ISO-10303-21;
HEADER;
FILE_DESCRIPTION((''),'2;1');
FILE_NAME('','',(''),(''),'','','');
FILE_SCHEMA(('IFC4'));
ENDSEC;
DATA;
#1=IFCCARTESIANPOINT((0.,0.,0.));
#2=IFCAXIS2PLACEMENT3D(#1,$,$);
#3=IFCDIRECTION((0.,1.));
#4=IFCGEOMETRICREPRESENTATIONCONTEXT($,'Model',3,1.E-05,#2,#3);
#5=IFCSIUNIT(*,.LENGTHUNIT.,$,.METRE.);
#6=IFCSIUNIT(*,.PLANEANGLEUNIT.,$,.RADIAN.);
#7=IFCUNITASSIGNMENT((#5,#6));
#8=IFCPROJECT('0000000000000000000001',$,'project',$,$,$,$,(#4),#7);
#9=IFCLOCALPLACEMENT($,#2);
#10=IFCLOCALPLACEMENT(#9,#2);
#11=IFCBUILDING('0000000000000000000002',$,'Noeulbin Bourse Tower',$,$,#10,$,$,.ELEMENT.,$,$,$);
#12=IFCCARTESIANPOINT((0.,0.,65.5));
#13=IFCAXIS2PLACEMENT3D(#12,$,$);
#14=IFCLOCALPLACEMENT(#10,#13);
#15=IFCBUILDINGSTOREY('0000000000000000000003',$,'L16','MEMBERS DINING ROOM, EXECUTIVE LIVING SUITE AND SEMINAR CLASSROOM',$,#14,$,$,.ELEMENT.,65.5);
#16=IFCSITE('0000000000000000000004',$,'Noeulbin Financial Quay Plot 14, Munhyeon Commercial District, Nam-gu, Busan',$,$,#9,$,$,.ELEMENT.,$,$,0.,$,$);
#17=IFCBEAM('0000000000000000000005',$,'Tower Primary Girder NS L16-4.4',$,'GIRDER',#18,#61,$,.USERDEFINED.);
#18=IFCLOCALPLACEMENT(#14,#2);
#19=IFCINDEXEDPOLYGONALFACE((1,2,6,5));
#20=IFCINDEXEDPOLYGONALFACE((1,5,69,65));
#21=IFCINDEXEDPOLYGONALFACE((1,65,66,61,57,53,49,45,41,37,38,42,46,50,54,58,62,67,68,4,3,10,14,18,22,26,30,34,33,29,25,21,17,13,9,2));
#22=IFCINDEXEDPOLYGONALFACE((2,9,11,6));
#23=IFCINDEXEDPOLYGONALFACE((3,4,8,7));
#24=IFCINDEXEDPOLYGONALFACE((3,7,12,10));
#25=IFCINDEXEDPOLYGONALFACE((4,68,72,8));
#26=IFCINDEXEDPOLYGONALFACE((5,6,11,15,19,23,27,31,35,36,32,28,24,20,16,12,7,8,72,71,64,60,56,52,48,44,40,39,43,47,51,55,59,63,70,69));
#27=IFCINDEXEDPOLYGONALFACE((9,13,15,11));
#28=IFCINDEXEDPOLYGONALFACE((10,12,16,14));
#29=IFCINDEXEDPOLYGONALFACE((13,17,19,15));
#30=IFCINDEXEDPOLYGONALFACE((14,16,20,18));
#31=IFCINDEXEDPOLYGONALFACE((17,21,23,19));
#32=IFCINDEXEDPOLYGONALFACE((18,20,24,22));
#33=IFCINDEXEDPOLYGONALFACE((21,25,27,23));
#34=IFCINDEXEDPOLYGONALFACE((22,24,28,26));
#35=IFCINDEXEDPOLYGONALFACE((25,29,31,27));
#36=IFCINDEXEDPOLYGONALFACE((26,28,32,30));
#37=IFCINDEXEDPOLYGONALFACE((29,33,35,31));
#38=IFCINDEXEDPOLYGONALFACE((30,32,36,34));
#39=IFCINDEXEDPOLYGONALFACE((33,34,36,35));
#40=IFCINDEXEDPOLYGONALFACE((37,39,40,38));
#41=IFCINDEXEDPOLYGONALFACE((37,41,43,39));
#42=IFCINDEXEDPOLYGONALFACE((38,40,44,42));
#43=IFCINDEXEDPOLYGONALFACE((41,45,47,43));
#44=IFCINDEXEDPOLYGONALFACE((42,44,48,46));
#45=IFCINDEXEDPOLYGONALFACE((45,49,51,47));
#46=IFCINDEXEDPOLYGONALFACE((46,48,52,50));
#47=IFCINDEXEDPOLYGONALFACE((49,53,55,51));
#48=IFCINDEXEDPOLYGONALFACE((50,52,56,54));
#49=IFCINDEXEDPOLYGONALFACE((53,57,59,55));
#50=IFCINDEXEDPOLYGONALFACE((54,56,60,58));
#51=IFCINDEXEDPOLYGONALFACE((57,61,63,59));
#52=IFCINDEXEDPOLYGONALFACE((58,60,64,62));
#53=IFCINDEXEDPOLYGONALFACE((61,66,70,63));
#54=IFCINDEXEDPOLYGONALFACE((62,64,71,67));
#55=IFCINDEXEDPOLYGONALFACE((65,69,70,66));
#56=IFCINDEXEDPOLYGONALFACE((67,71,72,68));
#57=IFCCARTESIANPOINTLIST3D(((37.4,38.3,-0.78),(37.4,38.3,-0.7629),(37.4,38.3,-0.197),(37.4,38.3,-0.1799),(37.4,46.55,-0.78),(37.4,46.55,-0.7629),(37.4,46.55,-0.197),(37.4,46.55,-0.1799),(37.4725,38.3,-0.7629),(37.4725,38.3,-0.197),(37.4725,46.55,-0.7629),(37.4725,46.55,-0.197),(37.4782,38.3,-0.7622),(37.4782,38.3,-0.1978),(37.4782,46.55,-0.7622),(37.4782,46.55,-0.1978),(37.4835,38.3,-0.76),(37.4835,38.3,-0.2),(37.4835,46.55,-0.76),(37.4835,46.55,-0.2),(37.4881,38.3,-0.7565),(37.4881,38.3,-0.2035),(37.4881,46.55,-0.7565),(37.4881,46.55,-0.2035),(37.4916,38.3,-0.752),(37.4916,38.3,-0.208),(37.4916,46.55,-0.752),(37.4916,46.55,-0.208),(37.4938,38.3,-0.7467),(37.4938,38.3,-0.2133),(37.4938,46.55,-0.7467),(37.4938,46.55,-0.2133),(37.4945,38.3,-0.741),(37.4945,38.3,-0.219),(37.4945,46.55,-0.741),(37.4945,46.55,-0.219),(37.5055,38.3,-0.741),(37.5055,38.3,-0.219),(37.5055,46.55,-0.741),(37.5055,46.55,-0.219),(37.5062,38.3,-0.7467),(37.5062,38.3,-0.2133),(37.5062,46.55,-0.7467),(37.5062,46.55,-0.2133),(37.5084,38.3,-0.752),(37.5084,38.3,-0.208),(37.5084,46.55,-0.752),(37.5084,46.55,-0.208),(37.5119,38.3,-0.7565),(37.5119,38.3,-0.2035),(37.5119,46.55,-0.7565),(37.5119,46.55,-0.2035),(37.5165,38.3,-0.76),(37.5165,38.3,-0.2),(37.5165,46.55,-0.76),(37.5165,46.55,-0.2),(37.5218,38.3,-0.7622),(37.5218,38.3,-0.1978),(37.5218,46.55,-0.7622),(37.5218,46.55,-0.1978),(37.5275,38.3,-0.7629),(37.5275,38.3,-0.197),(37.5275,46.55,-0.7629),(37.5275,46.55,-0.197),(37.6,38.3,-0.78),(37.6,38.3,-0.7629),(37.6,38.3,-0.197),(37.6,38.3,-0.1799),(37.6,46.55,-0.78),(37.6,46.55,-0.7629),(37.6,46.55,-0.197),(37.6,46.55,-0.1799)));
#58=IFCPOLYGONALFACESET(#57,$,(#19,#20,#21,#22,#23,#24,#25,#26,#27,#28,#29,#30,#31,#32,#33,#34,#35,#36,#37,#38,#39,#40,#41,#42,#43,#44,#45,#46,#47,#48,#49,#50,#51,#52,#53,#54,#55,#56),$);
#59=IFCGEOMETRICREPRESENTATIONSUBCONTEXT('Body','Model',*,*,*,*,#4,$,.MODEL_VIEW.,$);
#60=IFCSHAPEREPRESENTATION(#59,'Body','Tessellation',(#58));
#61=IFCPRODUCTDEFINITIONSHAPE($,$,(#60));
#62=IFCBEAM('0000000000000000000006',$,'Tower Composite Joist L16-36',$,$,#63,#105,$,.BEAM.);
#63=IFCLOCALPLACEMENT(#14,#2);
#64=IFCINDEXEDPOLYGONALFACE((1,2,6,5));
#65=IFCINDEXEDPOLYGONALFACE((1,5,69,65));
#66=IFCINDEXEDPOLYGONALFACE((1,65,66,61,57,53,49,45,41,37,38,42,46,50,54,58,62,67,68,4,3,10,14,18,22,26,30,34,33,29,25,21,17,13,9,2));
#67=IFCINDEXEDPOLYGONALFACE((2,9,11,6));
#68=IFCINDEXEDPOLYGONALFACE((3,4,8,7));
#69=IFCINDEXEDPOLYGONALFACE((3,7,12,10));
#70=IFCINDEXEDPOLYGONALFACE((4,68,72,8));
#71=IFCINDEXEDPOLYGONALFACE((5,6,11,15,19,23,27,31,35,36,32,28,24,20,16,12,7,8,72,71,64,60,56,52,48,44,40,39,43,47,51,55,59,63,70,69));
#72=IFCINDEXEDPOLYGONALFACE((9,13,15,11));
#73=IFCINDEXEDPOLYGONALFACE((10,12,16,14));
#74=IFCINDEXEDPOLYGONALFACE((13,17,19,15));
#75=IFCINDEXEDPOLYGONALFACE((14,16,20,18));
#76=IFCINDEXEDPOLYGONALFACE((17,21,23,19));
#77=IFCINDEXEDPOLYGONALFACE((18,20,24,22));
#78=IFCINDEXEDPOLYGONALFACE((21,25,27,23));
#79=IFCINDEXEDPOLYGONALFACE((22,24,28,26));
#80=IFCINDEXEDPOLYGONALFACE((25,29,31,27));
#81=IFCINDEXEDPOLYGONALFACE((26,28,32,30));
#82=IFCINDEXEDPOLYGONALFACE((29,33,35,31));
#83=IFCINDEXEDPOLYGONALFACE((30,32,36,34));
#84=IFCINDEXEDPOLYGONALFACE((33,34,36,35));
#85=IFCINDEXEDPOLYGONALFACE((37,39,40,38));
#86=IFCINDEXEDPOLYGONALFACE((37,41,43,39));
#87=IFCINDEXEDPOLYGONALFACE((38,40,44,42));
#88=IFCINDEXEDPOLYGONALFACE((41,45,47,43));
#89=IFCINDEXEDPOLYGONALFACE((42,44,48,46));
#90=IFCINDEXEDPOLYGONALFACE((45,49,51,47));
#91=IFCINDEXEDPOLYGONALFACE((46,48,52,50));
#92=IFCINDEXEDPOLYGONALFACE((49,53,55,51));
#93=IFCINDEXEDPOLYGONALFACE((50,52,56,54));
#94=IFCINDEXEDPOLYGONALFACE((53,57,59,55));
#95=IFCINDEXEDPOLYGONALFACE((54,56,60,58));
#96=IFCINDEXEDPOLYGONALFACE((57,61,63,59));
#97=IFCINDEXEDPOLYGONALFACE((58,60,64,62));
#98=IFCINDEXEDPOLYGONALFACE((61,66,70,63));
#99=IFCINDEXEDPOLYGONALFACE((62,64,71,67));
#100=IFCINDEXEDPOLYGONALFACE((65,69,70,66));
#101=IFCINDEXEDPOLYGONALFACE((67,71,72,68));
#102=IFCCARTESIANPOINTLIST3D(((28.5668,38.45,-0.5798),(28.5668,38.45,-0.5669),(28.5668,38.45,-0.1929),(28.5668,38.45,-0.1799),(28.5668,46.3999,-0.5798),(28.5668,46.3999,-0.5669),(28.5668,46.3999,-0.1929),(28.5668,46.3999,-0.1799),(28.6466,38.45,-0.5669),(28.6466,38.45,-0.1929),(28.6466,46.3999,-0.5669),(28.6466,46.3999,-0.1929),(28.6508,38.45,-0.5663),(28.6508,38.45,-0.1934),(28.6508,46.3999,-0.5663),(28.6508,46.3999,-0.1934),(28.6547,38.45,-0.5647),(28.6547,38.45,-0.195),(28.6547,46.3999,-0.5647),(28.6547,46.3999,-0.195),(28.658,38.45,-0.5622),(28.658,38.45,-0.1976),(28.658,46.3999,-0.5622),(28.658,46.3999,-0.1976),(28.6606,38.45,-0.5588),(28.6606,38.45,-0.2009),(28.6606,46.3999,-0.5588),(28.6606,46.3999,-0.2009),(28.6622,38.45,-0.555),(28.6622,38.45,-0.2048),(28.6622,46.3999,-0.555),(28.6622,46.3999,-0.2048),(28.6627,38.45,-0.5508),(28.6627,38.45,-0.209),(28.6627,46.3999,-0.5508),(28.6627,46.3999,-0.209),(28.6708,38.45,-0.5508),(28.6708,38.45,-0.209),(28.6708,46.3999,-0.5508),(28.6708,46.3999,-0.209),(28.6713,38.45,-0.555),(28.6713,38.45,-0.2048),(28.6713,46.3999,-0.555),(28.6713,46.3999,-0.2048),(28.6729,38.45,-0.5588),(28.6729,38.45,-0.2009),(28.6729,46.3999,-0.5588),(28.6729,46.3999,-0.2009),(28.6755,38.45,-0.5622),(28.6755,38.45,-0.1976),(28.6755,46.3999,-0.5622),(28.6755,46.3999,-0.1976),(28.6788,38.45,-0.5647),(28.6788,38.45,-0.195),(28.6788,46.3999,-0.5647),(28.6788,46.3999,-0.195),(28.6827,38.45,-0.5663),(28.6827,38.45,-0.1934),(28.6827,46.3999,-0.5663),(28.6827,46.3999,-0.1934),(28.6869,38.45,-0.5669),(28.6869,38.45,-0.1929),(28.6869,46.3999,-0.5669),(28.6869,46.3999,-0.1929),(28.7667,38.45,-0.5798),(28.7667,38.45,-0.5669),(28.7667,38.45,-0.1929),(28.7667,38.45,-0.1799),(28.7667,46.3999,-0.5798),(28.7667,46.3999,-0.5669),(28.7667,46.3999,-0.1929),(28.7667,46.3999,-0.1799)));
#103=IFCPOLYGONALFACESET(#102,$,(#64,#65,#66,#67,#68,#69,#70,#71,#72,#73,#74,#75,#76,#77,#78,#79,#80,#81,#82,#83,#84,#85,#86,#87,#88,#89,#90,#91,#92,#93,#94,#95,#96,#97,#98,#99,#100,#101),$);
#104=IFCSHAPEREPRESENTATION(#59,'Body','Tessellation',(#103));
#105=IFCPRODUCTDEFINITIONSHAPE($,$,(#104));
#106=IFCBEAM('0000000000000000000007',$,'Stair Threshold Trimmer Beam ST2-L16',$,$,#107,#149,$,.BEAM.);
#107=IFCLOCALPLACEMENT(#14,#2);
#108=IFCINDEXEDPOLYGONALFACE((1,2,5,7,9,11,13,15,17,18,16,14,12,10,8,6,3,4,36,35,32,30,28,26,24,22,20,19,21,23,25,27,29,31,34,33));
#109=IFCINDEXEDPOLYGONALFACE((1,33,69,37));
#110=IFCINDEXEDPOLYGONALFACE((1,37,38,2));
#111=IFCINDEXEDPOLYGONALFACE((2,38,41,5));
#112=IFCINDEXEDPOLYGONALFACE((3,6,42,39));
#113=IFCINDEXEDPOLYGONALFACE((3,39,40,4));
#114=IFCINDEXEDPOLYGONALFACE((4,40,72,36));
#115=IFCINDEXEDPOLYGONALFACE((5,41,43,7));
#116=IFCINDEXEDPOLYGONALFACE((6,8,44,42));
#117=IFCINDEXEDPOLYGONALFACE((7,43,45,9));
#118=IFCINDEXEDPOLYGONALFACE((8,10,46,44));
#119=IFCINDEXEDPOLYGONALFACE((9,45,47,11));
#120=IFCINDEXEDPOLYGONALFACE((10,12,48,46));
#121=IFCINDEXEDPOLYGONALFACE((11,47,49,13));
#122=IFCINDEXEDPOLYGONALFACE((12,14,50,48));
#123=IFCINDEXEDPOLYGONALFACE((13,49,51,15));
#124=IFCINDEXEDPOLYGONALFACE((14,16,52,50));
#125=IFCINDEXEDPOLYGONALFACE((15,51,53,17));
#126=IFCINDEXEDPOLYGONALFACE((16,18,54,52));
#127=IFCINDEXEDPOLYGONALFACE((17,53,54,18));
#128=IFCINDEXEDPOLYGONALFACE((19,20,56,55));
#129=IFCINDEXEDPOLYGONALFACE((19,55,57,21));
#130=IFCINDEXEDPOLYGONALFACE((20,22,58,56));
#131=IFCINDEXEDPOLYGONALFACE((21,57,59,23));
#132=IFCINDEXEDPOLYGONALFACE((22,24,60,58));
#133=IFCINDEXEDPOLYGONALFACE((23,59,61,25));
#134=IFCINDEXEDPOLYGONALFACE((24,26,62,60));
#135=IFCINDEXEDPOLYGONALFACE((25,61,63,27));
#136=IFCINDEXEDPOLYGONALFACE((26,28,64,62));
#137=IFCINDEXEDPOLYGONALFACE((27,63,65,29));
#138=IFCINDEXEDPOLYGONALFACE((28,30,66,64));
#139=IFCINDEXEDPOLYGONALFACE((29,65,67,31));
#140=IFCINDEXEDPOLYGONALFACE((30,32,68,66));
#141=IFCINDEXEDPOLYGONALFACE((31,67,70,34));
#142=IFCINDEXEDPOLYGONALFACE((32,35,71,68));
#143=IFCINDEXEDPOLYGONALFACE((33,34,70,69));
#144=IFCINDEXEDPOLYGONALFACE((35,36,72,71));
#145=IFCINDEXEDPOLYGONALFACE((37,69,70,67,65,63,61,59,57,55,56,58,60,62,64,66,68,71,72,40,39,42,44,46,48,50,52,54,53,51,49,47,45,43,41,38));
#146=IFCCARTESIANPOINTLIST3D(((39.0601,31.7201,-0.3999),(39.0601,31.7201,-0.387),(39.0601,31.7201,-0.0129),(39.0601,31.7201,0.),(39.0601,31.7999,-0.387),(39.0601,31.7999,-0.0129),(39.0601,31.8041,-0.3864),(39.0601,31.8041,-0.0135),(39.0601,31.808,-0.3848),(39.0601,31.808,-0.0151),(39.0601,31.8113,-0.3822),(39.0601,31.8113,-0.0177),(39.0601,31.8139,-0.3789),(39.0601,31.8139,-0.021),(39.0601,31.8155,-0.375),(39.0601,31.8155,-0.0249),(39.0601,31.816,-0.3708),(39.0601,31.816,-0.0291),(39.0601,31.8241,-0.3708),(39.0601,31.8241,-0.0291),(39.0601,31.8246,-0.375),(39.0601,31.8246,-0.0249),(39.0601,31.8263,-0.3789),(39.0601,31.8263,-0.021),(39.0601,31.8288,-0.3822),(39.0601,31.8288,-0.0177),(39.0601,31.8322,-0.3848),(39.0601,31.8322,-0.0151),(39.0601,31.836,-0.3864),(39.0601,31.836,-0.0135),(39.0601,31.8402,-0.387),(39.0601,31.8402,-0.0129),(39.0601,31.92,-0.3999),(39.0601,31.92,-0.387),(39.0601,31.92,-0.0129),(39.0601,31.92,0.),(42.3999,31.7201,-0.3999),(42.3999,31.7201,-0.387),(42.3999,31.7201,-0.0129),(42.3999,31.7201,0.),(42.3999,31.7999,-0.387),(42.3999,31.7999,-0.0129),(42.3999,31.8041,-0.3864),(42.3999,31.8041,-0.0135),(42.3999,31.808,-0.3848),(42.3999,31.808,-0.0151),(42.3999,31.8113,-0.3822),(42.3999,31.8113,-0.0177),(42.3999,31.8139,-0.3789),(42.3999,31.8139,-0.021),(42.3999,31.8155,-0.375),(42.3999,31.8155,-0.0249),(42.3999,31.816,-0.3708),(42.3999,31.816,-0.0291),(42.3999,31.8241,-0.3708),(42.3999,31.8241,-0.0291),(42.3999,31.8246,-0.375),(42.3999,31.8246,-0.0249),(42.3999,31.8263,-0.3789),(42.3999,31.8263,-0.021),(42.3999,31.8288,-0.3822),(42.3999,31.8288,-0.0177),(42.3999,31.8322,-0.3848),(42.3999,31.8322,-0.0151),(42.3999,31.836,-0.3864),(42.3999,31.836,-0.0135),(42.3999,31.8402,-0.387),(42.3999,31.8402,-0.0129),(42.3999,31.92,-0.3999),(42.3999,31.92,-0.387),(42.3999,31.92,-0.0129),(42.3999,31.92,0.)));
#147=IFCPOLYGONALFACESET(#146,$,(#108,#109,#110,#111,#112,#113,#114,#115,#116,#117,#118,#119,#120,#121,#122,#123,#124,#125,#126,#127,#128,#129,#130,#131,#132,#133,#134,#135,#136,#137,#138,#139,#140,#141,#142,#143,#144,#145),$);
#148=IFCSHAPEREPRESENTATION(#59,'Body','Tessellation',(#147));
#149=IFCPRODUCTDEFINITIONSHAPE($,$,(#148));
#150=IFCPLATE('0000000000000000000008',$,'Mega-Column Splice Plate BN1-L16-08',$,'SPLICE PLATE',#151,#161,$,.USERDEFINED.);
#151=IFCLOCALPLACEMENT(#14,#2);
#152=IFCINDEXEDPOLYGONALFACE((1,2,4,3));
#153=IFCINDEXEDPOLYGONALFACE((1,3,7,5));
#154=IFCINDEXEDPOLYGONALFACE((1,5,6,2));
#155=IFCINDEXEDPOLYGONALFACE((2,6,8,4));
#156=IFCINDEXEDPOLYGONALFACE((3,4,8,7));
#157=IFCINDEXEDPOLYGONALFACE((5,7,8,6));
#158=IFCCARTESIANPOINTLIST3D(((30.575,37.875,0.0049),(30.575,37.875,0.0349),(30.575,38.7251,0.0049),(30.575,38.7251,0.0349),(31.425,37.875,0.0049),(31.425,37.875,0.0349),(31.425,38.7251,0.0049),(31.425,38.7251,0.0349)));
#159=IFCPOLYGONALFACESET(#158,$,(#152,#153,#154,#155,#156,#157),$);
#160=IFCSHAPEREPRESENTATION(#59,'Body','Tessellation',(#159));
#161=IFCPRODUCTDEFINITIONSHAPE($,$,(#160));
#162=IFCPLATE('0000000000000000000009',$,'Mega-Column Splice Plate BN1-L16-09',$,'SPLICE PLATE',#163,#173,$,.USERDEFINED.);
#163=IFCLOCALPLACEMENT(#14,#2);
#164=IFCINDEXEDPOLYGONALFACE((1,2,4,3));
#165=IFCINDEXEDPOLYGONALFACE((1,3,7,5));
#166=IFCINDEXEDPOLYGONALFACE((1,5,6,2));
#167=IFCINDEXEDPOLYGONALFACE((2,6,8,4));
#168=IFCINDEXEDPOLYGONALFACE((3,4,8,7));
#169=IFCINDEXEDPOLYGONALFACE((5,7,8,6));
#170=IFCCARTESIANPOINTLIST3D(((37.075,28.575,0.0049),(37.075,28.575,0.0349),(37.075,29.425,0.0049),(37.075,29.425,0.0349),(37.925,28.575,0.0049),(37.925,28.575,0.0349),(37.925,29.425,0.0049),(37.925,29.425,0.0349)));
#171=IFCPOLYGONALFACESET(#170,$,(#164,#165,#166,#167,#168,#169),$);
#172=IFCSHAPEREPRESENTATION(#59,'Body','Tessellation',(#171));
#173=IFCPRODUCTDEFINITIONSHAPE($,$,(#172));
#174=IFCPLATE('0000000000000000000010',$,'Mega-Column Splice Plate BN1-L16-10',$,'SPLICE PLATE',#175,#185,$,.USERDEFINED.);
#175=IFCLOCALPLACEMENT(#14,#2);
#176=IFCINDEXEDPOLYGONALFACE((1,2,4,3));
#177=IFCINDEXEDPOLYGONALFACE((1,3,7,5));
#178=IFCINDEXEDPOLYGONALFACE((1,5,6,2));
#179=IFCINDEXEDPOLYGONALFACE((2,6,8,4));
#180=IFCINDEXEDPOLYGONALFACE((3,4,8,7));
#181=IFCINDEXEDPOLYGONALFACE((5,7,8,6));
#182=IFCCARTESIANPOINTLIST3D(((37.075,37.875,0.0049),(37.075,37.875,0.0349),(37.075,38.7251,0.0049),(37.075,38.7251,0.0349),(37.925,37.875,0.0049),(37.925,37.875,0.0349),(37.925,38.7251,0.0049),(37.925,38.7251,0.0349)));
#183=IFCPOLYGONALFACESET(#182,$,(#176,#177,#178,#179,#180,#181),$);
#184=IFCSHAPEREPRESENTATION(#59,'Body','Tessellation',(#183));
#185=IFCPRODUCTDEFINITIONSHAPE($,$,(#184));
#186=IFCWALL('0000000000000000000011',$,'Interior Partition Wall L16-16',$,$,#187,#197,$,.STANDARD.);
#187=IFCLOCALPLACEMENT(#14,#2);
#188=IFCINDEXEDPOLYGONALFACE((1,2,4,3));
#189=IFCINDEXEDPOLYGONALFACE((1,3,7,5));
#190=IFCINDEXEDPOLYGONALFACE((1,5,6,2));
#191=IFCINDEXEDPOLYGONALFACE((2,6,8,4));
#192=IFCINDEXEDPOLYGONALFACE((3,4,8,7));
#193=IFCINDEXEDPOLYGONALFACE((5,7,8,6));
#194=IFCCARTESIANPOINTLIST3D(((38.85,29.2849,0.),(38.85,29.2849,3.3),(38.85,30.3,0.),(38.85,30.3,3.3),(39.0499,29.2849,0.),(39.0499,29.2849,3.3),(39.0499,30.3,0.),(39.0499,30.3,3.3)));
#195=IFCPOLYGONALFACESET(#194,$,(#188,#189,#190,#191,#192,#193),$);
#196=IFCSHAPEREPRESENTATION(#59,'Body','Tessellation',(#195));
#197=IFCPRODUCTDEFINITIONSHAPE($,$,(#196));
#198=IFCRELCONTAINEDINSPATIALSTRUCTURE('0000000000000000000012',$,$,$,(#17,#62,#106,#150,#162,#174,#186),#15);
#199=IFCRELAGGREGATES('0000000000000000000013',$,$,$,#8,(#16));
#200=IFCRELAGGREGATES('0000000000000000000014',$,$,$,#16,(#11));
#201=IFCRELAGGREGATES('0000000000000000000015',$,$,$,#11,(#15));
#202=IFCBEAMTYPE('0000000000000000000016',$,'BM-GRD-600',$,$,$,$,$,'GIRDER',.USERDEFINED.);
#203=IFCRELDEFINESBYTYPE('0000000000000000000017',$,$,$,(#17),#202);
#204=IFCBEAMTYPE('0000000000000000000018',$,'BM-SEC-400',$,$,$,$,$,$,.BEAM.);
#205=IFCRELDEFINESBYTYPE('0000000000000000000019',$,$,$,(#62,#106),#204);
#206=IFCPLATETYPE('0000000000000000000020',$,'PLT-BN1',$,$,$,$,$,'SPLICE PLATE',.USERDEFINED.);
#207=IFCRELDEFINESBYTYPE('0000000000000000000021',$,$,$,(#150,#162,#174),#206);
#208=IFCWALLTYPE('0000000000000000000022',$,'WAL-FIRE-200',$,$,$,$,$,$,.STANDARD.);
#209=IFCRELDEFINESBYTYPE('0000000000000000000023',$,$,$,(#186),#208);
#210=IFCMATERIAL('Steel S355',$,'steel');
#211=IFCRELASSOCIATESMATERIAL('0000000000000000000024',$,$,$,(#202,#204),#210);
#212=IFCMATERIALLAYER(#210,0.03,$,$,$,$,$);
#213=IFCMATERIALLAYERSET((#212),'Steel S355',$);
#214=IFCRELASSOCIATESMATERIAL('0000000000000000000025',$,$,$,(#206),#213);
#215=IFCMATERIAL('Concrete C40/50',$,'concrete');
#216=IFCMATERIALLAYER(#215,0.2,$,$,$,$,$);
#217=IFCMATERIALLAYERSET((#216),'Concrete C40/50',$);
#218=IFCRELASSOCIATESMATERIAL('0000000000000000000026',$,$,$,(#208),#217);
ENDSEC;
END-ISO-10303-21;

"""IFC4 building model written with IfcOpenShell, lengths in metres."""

from ifc_helpers import new_model, si_unit, direction, frame, frame_2d, origin, origin_2d, place, context, subcontext, project, spatial, rectangle, i_section, extrude, material, layer, layer_set, material_profile, profile_set, type_object, element, save


model = new_model("IFC4")

# Units and contexts
model_context = context("Model", 3, precision=1e-05, world=origin(), true_north=direction((0.0, 1.0)))
body_context = subcontext(model_context, "Body", "Model", "MODEL_VIEW")
ifc_project = project(units=[si_unit("LENGTHUNIT", "METRE"), si_unit("PLANEANGLEUNIT", "RADIAN")], contexts=[model_context])

# Site, building, storey
site_placement = place(None, origin())
site = spatial("IfcSite", under=ifc_project, at=site_placement, Name="Noeulbin Financial Quay Plot 14, Munhyeon Commercial District, Nam-gu, Busan", CompositionType="ELEMENT", RefElevation=0.0)
building_placement = place(site_placement, origin())
building = spatial("IfcBuilding", under=site, at=building_placement, Name="Noeulbin Bourse Tower", CompositionType="ELEMENT")
storey_placement = place(building_placement, frame((0.0, 0.0, 65.5)))
storey = spatial("IfcBuildingStorey", under=building, at=storey_placement, Name="L16", Description="MEMBERS DINING ROOM, EXECUTIVE LIVING SUITE AND SEMINAR CLASSROOM", CompositionType="ELEMENT", Elevation=65.5)

# Beams
ifc_material_1 = material(Name="Steel S355", Category="steel")
ifc_material_profile_1 = material_profile(ifc_material_1, i_section(OverallWidth=0.2, OverallDepth=0.6001, WebThickness=0.011, FlangeThickness=0.0171, FilletRadius=0.022, at=origin_2d()), Name="H-600x200x11x17", Category="LoadBearing")
ifc_profile_set_1 = profile_set([ifc_material_profile_1], Name="Steel S355")
beam_type_1 = type_object("IfcBeamType", Name="BM-GRD-600", ElementType="GIRDER", PredefinedType="USERDEFINED", material=ifc_profile_set_1)
for number, where, z_axis, x_axis, name in (
    (1, (37.5, 38.3, -0.48), (0.0, 1.0, 0.0), (-1.0, 0.0, 0.0), "Tower Primary Girder NS L16-4.4"),
):
    element("IfcBeam", number, at=place(storey_placement, frame(where, z_axis=z_axis, x_axis=x_axis)), inside=storey, type_object=beam_type_1, Name=name, ObjectType="GIRDER", PredefinedType="USERDEFINED", context=body_context, shape_type="SweptSolid", body=[
        extrude(i_section(OverallWidth=0.2, OverallDepth=0.6001, WebThickness=0.011, FlangeThickness=0.0171, FilletRadius=0.022, at=origin_2d()), origin(), (0.0, 0.0, 1.0), 8.25),
    ])
ifc_material_profile_2 = material_profile(ifc_material_1, i_section(OverallWidth=0.2, OverallDepth=0.3999, WebThickness=0.0081, FlangeThickness=0.0129, FilletRadius=0.0161, at=origin_2d()), Name="H-400x200x8x13", Category="LoadBearing")
ifc_profile_set_2 = profile_set([ifc_material_profile_2], Name="Steel S355")
beam_type_2 = type_object("IfcBeamType", Name="BM-SEC-400", PredefinedType="BEAM", material=ifc_profile_set_2)
beam_1_placement = place(storey_placement, frame((28.6667, 38.45, -0.3799), z_axis=(0.0, 1.0, 0.0), x_axis=(-1.0, 0.0, 0.0)))
element("IfcBeam", 2, at=beam_1_placement, inside=storey, type_object=beam_type_2, Name="Tower Composite Joist L16-36", PredefinedType="BEAM", context=body_context, shape_type="SweptSolid", body=[
    extrude(i_section(OverallWidth=0.2, OverallDepth=0.3999, WebThickness=0.0081, FlangeThickness=0.0129, FilletRadius=0.0161, at=origin_2d()), origin(), (0.0, 0.0, 1.0), 7.95),
])
beam_2_placement = place(storey_placement, frame((39.0601, 31.8201, -0.2), z_axis=(1.0, 0.0, 0.0), x_axis=(0.0, 1.0, 0.0)))
element("IfcBeam", 3, at=beam_2_placement, inside=storey, type_object=beam_type_2, Name="Stair Threshold Trimmer Beam ST2-L16", PredefinedType="BEAM", context=body_context, shape_type="SweptSolid", body=[
    extrude(i_section(OverallWidth=0.2, OverallDepth=0.3999, WebThickness=0.0081, FlangeThickness=0.0129, FilletRadius=0.0161, at=origin_2d()), origin(), (0.0, 0.0, 1.0), 3.3398),
])

# Plates
ifc_layer_1 = layer(ifc_material_1, 0.03)
ifc_layer_set_1 = layer_set([ifc_layer_1], Name="Steel S355")
plate_type = type_object("IfcPlateType", Name="PLT-BN1", ElementType="SPLICE PLATE", PredefinedType="USERDEFINED", material=ifc_layer_set_1)
for number, where, z_axis, x_axis, name in (
    (4, (31.0, 38.3, 0.0049), (0.0, 0.0, 1.0), (1.0, 0.0, 0.0), "Mega-Column Splice Plate BN1-L16-08"),
    (5, (37.5, 29.0, 0.0049), (0.0, 0.0, 1.0), (1.0, 0.0, 0.0), "Mega-Column Splice Plate BN1-L16-09"),
    (6, (37.5, 38.3, 0.0049), (0.0, 0.0, 1.0), (1.0, 0.0, 0.0), "Mega-Column Splice Plate BN1-L16-10"),
):
    element("IfcPlate", number, at=place(storey_placement, frame(where, z_axis=z_axis, x_axis=x_axis)), inside=storey, type_object=plate_type, Name=name, ObjectType="SPLICE PLATE", PredefinedType="USERDEFINED", context=body_context, shape_type="SweptSolid", body=[
        extrude(rectangle(XDim=0.8501, YDim=0.8501, at=origin_2d()), origin(), (0.0, 0.0, 1.0), 0.03),
    ])

# Wall
ifc_material_2 = material(Name="Concrete C40/50", Category="concrete")
ifc_layer_2 = layer(ifc_material_2, 0.2)
ifc_layer_set_2 = layer_set([ifc_layer_2], Name="Concrete C40/50")
wall_type_1 = type_object("IfcWallType", Name="WAL-FIRE-200", PredefinedType="STANDARD", material=ifc_layer_set_2)
wall_1_placement = place(storey_placement, frame((38.95, 29.2849, 0.0), z_axis=(0.0, 0.0, 1.0), x_axis=(0.0, 1.0, 0.0)))
element("IfcWall", 7, at=wall_1_placement, inside=storey, type_object=wall_type_1, Name="Interior Partition Wall L16-16", PredefinedType="STANDARD", context=body_context, shape_type="SweptSolid", body=[
    extrude(rectangle(XDim=1.0151, YDim=0.2, at=frame_2d((0.5076, 0.0))), origin(), (0.0, 0.0, 1.0), 3.3),
])

save(model, "model.ifc")
